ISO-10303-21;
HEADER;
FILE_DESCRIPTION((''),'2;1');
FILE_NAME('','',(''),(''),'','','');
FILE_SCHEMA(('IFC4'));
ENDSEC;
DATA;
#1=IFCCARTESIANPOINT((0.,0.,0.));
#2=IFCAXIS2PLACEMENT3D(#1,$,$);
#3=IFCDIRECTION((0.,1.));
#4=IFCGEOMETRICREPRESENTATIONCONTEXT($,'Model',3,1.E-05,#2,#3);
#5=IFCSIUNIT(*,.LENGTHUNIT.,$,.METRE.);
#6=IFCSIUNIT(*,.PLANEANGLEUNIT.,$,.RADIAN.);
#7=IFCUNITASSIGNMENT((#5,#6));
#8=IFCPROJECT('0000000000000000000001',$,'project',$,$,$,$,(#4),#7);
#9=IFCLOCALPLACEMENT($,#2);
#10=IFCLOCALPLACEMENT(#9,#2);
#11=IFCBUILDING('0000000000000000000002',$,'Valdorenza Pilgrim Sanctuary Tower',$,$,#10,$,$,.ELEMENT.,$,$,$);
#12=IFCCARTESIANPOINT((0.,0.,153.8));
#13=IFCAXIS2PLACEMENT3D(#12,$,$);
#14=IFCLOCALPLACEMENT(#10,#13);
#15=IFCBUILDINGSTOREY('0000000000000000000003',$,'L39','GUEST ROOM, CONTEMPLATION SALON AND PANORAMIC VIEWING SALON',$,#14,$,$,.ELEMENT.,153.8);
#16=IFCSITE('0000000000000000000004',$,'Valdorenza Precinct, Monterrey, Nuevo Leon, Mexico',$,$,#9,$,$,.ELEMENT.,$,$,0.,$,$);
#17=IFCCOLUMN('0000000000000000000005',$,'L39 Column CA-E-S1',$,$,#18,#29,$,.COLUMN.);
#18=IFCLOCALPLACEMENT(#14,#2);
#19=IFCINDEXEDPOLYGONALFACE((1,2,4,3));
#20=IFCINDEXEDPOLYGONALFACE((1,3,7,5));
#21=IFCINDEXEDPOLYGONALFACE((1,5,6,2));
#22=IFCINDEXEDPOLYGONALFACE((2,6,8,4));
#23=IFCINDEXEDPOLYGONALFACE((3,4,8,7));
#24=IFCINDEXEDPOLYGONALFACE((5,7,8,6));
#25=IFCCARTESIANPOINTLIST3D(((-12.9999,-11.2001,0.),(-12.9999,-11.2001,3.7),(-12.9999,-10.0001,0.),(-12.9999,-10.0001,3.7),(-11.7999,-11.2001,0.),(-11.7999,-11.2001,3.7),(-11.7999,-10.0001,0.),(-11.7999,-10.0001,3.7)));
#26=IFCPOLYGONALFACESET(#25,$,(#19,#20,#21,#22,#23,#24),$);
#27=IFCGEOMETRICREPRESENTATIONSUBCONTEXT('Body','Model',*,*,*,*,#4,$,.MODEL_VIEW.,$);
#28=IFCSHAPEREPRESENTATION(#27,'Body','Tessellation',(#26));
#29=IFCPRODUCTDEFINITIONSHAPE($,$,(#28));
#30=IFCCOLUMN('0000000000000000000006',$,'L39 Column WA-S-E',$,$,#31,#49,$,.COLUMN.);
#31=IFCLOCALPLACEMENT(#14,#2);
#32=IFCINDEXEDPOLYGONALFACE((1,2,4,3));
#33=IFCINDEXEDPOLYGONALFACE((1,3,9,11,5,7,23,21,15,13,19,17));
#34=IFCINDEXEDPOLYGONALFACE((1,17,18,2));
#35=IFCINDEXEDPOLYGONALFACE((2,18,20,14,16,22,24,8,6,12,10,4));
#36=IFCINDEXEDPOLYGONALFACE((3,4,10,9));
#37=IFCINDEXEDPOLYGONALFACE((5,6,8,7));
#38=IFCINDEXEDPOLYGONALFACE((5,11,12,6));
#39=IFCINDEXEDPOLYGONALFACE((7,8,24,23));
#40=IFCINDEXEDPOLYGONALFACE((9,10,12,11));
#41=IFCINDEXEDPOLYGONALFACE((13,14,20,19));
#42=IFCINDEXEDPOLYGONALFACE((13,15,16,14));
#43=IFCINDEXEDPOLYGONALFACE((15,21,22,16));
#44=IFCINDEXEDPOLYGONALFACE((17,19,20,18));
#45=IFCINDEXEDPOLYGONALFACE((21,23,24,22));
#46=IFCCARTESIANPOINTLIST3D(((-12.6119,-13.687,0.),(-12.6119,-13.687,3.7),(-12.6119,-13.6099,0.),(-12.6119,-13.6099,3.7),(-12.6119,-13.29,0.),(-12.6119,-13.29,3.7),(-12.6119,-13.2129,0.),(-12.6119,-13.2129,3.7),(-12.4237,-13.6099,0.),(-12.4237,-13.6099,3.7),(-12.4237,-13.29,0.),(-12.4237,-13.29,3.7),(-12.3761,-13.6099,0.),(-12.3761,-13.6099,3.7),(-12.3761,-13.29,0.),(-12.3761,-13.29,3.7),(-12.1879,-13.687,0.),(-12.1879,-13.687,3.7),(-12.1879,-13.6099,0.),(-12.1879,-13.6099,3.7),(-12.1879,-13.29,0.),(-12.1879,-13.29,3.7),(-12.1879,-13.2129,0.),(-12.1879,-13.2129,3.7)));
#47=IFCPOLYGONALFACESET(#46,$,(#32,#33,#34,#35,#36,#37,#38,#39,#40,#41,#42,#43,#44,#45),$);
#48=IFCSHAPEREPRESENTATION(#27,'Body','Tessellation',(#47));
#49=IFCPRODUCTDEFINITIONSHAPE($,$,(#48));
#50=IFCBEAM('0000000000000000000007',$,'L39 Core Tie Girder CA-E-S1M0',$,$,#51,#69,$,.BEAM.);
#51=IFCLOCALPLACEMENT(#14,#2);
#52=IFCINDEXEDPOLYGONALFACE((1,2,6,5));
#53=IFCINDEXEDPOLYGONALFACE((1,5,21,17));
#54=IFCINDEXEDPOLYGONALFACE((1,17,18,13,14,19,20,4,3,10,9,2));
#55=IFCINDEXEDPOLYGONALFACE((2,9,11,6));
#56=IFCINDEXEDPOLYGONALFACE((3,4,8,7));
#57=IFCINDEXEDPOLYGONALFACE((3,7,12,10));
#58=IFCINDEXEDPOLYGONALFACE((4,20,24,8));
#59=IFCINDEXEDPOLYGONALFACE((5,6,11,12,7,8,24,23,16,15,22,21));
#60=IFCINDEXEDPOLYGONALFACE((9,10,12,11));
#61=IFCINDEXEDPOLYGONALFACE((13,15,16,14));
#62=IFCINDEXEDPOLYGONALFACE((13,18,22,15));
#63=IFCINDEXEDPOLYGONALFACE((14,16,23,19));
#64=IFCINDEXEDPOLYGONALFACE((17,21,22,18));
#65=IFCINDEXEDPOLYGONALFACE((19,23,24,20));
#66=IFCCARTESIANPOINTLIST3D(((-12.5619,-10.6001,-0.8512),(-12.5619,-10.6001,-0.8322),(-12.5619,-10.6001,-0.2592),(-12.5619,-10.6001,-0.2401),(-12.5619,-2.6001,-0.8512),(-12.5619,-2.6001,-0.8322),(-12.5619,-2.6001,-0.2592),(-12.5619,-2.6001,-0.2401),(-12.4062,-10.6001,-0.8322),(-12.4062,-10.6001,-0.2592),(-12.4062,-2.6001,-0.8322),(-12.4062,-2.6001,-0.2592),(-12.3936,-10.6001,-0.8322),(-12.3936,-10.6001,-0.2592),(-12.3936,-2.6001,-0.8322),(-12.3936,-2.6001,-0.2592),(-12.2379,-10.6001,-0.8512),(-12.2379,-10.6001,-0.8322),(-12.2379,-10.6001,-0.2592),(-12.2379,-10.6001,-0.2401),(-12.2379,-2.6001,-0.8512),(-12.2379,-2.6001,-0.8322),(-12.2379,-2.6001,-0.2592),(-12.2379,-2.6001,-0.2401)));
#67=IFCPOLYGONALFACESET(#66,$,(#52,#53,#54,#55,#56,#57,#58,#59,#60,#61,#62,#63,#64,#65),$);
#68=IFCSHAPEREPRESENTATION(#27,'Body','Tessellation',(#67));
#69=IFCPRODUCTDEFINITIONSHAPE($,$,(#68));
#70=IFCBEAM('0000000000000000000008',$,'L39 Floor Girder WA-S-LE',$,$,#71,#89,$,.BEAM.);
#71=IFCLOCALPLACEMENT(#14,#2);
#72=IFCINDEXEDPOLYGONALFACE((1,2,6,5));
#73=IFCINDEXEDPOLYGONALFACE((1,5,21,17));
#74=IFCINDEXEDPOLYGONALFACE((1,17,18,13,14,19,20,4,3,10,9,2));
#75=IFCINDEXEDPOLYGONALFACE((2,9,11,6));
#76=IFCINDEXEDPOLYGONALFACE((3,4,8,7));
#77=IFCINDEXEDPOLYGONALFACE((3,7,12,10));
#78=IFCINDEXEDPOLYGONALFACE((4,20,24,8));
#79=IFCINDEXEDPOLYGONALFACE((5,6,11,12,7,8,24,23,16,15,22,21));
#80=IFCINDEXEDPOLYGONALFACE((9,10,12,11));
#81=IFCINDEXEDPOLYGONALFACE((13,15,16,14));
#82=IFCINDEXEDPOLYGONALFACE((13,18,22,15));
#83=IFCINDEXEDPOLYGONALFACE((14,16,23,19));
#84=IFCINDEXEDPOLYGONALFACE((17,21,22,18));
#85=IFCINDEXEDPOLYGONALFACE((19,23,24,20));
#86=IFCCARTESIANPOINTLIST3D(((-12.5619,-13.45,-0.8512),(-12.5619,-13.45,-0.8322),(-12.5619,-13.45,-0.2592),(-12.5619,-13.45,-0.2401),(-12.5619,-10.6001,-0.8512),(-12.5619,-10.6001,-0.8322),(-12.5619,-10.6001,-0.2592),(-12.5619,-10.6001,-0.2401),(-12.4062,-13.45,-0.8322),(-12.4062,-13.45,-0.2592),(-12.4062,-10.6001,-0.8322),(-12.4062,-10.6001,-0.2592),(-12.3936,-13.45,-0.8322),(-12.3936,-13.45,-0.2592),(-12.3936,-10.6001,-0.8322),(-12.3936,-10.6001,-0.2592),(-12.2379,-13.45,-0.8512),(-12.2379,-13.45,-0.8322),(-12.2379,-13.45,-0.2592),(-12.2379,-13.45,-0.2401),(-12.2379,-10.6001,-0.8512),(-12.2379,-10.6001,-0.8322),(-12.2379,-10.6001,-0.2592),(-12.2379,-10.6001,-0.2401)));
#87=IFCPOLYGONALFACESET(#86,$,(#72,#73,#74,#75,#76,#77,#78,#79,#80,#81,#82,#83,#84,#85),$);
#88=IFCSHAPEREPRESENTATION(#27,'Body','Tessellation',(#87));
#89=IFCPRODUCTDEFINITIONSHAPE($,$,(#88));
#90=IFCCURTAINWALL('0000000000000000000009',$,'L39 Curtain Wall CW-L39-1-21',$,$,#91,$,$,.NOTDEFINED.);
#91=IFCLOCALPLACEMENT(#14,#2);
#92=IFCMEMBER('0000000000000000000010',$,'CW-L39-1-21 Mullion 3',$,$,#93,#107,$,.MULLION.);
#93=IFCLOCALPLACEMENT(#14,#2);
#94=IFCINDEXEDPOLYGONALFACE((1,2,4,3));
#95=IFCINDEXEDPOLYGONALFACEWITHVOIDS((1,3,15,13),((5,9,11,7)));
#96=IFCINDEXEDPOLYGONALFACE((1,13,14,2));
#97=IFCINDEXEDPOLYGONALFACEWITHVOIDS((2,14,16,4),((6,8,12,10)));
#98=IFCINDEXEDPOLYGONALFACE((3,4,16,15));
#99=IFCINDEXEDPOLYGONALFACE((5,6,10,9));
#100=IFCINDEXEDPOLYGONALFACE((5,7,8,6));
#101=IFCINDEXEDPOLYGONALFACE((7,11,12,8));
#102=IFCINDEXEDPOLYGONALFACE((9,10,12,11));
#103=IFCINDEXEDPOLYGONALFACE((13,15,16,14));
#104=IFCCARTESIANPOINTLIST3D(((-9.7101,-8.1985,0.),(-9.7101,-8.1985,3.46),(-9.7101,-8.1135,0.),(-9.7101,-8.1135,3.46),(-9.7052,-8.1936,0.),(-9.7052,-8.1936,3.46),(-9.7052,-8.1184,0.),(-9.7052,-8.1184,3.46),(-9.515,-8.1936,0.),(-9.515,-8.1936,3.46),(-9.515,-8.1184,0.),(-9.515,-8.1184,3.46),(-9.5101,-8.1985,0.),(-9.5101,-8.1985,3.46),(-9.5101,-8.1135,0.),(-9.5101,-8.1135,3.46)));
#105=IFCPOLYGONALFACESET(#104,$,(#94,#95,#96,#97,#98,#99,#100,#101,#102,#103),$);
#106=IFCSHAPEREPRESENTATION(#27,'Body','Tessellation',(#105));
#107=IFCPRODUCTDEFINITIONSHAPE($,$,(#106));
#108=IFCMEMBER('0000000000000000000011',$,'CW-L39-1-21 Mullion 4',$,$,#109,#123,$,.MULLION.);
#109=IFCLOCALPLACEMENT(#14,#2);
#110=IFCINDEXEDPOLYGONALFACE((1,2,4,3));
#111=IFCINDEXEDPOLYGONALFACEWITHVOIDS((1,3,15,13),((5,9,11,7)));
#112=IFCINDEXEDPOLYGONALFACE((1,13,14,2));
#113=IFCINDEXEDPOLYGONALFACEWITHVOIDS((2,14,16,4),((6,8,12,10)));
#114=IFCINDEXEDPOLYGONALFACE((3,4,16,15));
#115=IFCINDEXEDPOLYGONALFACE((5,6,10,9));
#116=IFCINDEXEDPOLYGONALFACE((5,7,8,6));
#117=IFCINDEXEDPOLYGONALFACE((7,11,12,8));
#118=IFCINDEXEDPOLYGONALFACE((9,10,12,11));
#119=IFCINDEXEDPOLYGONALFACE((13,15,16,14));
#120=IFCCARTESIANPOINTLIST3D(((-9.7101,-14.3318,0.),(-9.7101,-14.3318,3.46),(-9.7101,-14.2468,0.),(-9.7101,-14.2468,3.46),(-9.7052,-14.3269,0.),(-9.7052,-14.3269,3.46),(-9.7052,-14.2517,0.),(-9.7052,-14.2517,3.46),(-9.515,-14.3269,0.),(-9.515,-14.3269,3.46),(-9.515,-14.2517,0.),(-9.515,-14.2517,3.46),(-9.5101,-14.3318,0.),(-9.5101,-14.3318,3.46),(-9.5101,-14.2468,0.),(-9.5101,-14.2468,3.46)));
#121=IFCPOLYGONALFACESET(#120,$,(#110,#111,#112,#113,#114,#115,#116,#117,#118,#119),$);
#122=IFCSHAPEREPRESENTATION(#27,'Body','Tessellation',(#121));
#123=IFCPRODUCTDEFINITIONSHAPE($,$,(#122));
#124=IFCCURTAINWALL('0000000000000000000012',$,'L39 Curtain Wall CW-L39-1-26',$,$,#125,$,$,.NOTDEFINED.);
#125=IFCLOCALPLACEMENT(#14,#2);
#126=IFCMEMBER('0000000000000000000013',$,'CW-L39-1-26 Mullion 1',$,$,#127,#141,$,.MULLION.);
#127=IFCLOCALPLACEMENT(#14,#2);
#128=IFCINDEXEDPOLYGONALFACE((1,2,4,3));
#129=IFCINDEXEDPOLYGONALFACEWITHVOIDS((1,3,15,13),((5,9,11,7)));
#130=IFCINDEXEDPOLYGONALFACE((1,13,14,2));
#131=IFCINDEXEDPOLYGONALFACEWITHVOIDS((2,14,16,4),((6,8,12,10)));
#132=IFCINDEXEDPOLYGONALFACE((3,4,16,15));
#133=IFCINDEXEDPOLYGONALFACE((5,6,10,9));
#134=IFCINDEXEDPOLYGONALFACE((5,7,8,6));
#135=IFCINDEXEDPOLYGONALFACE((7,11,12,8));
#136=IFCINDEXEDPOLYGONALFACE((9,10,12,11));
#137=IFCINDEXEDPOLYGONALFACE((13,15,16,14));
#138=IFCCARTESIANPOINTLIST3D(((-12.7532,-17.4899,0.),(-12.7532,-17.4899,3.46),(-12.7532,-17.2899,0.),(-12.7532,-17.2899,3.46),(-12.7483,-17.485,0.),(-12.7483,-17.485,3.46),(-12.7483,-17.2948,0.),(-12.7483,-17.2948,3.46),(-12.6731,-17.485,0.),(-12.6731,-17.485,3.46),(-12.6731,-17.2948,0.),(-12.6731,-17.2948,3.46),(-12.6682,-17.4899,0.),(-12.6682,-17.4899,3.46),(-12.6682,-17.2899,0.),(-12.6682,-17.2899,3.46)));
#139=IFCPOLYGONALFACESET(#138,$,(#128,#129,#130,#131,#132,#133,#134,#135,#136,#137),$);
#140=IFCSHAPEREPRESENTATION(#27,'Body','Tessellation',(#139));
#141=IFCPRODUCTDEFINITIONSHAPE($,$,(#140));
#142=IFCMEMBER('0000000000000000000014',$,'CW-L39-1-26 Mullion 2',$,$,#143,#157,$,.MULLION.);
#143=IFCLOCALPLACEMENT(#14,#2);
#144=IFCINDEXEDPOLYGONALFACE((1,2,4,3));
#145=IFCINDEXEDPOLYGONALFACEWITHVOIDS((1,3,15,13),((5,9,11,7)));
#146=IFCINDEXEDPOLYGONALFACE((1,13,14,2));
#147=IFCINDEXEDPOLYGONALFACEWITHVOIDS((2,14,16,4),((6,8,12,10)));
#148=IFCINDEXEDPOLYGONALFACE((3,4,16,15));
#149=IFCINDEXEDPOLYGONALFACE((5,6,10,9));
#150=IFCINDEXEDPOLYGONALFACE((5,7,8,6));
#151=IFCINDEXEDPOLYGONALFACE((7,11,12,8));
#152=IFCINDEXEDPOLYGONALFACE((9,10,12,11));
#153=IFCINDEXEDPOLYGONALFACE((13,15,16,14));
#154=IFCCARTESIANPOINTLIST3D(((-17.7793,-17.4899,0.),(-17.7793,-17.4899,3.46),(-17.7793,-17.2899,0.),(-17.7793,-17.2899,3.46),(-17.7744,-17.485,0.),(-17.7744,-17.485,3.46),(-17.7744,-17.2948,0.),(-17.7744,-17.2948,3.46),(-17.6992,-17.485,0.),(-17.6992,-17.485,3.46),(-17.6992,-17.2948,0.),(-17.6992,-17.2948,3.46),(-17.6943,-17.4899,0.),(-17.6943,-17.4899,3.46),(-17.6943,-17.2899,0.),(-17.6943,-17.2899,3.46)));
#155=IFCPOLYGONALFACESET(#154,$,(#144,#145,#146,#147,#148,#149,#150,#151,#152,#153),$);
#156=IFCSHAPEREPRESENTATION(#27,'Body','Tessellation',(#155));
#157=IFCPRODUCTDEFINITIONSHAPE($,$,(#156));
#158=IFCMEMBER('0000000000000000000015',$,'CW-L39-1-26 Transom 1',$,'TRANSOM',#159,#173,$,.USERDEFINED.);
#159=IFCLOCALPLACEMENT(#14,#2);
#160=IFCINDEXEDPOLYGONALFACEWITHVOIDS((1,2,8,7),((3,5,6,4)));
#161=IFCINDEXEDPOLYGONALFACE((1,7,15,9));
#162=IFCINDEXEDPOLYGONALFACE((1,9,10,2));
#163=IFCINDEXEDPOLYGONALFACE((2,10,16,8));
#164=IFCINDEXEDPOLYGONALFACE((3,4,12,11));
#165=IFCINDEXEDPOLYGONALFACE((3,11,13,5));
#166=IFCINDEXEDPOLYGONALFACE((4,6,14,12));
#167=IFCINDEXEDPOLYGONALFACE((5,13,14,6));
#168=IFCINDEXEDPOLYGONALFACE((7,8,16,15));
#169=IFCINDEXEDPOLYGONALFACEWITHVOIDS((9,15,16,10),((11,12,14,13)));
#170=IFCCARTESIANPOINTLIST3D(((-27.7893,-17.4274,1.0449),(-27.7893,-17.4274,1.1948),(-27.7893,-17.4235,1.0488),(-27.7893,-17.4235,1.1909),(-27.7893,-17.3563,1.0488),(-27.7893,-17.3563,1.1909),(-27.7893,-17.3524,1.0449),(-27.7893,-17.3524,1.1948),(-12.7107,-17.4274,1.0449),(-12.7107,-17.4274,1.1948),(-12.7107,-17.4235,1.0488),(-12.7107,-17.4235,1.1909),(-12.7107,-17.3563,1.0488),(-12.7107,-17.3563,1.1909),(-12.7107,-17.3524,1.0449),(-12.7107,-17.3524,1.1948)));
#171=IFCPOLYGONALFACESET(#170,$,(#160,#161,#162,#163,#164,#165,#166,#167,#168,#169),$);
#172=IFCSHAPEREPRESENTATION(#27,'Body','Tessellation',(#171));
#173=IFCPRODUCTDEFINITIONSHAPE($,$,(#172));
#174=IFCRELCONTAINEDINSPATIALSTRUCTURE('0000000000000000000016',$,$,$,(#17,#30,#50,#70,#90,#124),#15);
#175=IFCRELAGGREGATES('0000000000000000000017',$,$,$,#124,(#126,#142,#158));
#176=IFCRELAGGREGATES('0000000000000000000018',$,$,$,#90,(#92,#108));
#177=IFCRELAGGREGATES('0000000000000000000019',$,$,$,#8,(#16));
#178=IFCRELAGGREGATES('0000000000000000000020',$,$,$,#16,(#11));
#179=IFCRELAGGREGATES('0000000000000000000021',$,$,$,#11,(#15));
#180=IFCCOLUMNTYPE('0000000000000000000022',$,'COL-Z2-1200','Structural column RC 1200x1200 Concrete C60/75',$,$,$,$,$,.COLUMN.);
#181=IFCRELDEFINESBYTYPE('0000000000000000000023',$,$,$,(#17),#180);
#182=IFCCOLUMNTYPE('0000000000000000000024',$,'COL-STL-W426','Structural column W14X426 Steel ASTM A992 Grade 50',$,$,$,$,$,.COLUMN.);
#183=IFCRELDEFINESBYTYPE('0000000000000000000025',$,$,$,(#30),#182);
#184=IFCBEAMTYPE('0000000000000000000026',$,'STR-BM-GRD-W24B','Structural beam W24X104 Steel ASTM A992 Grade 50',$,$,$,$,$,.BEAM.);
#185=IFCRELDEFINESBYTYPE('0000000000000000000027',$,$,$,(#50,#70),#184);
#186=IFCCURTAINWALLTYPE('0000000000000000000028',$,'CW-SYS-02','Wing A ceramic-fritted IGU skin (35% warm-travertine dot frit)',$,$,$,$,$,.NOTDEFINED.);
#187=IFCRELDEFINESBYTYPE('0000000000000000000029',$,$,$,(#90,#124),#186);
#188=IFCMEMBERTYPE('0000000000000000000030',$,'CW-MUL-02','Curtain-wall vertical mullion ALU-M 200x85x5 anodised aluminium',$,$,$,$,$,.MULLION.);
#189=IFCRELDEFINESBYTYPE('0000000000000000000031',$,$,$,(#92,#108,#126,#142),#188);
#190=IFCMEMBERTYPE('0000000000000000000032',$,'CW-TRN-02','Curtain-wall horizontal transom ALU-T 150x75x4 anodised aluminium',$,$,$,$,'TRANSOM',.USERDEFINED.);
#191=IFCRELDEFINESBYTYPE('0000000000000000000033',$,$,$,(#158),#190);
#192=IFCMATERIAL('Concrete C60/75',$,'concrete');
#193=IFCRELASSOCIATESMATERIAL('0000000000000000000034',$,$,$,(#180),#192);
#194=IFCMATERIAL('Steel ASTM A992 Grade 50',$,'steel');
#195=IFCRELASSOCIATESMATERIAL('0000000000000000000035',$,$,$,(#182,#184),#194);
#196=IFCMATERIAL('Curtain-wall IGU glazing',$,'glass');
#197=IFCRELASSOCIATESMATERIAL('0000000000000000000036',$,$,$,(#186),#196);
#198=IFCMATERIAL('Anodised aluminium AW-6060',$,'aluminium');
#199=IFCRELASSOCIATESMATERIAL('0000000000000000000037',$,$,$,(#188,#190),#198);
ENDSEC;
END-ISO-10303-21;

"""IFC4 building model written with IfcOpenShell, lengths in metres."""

from ifc_helpers import new_model, si_unit, direction, frame, origin, origin_2d, place, context, subcontext, project, spatial, rectangle, hollow_rectangle, i_section, extrude, source, transform, mapped, material, material_profile, profile_set, type_object, element, aggregate, save


model = new_model("IFC4")

# Units and contexts
model_context = context("Model", 3, precision=1e-05, world=origin(), true_north=direction((0.0, 1.0)))
body_context = subcontext(model_context, "Body", "Model", "MODEL_VIEW")
ifc_project = project(units=[si_unit("LENGTHUNIT", "METRE"), si_unit("PLANEANGLEUNIT", "RADIAN")], contexts=[model_context])

# Site, building, storey
site_placement = place(None, origin())
site = spatial("IfcSite", under=ifc_project, at=site_placement, Name="Valdorenza Precinct, Monterrey, Nuevo Leon, Mexico", CompositionType="ELEMENT", RefElevation=0.0)
building_placement = place(site_placement, origin())
building = spatial("IfcBuilding", under=site, at=building_placement, Name="Valdorenza Pilgrim Sanctuary Tower", CompositionType="ELEMENT")
storey_placement = place(building_placement, frame((0.0, 0.0, 153.8)))
storey = spatial("IfcBuildingStorey", under=building, at=storey_placement, Name="L39", Description="GUEST ROOM, CONTEMPLATION SALON AND PANORAMIC VIEWING SALON", CompositionType="ELEMENT", Elevation=153.8)

# Columns
ifc_material_1 = material(Name="Concrete C60/75", Category="concrete")
ifc_material_profile_1 = material_profile(ifc_material_1, rectangle(XDim=1.2, YDim=1.2, at=origin_2d()), Name="RC 1200x1200")
ifc_profile_set_1 = profile_set([ifc_material_profile_1], Name="Concrete C60/75")
column_type_1 = type_object("IfcColumnType", Name="COL-Z2-1200", Description="Structural column RC 1200x1200 Concrete C60/75", PredefinedType="COLUMN", material=ifc_profile_set_1)
shared_shape_1 = source(origin(), body_context, "Body", "SweptSolid", [
    extrude(rectangle(XDim=1.2, YDim=1.2, at=origin_2d()), origin(), (0.0, 0.0, 1.0), 3.7),
])
column_1_placement = place(storey_placement, frame((-12.3999, -10.6001, 0.0), z_axis=(0.0, 0.0, 1.0), x_axis=(1.0, 0.0, 0.0)))
element("IfcColumn", 1, at=column_1_placement, inside=storey, type_object=column_type_1, Name="L39 Column CA-E-S1", PredefinedType="COLUMN", context=body_context, shape_type="MappedRepresentation", body=[
    mapped(shared_shape_1, transform((0.0, 0.0, 0.0), x_axis=(1.0, 0.0, 0.0), y_axis=(0.0, 1.0, 0.0), z_axis=(0.0, 0.0, 1.0), scale=1.0)),
])
ifc_material_2 = material(Name="Steel ASTM A992 Grade 50", Category="steel")
ifc_material_profile_2 = material_profile(ifc_material_2, i_section(OverallWidth=0.4241, OverallDepth=0.4741, WebThickness=0.0476, FlangeThickness=0.0771, at=origin_2d()), Name="W14X426")
ifc_profile_set_2 = profile_set([ifc_material_profile_2], Name="Steel ASTM A992 Grade 50")
column_type_2 = type_object("IfcColumnType", Name="COL-STL-W426", Description="Structural column W14X426 Steel ASTM A992 Grade 50", PredefinedType="COLUMN", material=ifc_profile_set_2)
shared_shape_2 = source(origin(), body_context, "Body", "SweptSolid", [
    extrude(i_section(OverallWidth=0.4241, OverallDepth=0.4741, WebThickness=0.0476, FlangeThickness=0.0771, at=origin_2d()), origin(), (0.0, 0.0, 1.0), 3.7),
])
column_2_placement = place(storey_placement, frame((-12.3999, -13.45, 0.0), z_axis=(0.0, 0.0, 1.0), x_axis=(1.0, 0.0, 0.0)))
element("IfcColumn", 2, at=column_2_placement, inside=storey, type_object=column_type_2, Name="L39 Column WA-S-E", PredefinedType="COLUMN", context=body_context, shape_type="MappedRepresentation", body=[
    mapped(shared_shape_2, transform((0.0, 0.0, 0.0), x_axis=(1.0, 0.0, 0.0), y_axis=(0.0, 1.0, 0.0), z_axis=(0.0, 0.0, 1.0), scale=1.0)),
])

# Beams
ifc_material_profile_3 = material_profile(ifc_material_2, i_section(OverallWidth=0.324, OverallDepth=0.6111, WebThickness=0.0127, FlangeThickness=0.019, at=origin_2d()), Name="W24X104")
ifc_profile_set_3 = profile_set([ifc_material_profile_3], Name="Steel ASTM A992 Grade 50")
beam_type = type_object("IfcBeamType", Name="STR-BM-GRD-W24B", Description="Structural beam W24X104 Steel ASTM A992 Grade 50", PredefinedType="BEAM", material=ifc_profile_set_3)
shared_shape_3 = source(origin(), body_context, "Body", "SweptSolid", [
    extrude(i_section(OverallWidth=0.324, OverallDepth=0.6111, WebThickness=0.0127, FlangeThickness=0.019, at=origin_2d()), origin(), (0.0, 0.0, 1.0), 8.0),
])
beam_1_placement = place(storey_placement, frame((-12.3999, -10.6001, -0.5457), z_axis=(0.0, 1.0, 0.0), x_axis=(-1.0, 0.0, 0.0)))
element("IfcBeam", 3, at=beam_1_placement, inside=storey, type_object=beam_type, Name="L39 Core Tie Girder CA-E-S1M0", PredefinedType="BEAM", context=body_context, shape_type="MappedRepresentation", body=[
    mapped(shared_shape_3, transform((0.0, 0.0, 0.0), x_axis=(1.0, 0.0, 0.0), y_axis=(0.0, 1.0, 0.0), z_axis=(0.0, 0.0, 1.0), scale=1.0)),
])
shared_shape_4 = source(origin(), body_context, "Body", "SweptSolid", [
    extrude(i_section(OverallWidth=0.324, OverallDepth=0.6111, WebThickness=0.0127, FlangeThickness=0.019, at=origin_2d()), origin(), (0.0, 0.0, 1.0), 2.8499),
])
beam_2_placement = place(storey_placement, frame((-12.3999, -13.45, -0.5457), z_axis=(0.0, 1.0, 0.0), x_axis=(-1.0, 0.0, 0.0)))
element("IfcBeam", 4, at=beam_2_placement, inside=storey, type_object=beam_type, Name="L39 Floor Girder WA-S-LE", PredefinedType="BEAM", context=body_context, shape_type="MappedRepresentation", body=[
    mapped(shared_shape_4, transform((0.0, 0.0, 0.0), x_axis=(1.0, 0.0, 0.0), y_axis=(0.0, 1.0, 0.0), z_axis=(0.0, 0.0, 1.0), scale=1.0)),
])

# Curtain wall, members
ifc_material_3 = material(Name="Curtain-wall IGU glazing", Category="glass")
curtain_wall_type = type_object("IfcCurtainWallType", Name="CW-SYS-02", Description="Wing A ceramic-fritted IGU skin (35% warm-travertine dot frit)", PredefinedType="NOTDEFINED", material=ifc_material_3)
curtain_wall_1_placement = place(storey_placement, origin())
curtain_wall_1 = element("IfcCurtainWall", 5, at=curtain_wall_1_placement, inside=storey, type_object=curtain_wall_type, Name="L39 Curtain Wall CW-L39-1-21", PredefinedType="NOTDEFINED")
ifc_material_4 = material(Name="Anodised aluminium AW-6060", Category="aluminium")
ifc_material_profile_4 = material_profile(ifc_material_4, hollow_rectangle(XDim=0.085, YDim=0.2, WallThickness=0.0049, at=origin_2d()), Name="ALU-M 200x85x5")
ifc_profile_set_4 = profile_set([ifc_material_profile_4], Name="Anodised aluminium AW-6060")
member_type_1 = type_object("IfcMemberType", Name="CW-MUL-02", Description="Curtain-wall vertical mullion ALU-M 200x85x5 anodised aluminium", PredefinedType="MULLION", material=ifc_profile_set_4)
shared_shape_5 = source(origin(), body_context, "Body", "SweptSolid", [
    extrude(hollow_rectangle(XDim=0.085, YDim=0.2, WallThickness=0.0049, at=origin_2d()), origin(), (0.0, 0.0, 1.0), 3.46),
])
member_1_placement = place(storey_placement, frame((-9.6101, -8.156, 0.0), z_axis=(0.0, 0.0, 1.0), x_axis=(0.0, -1.0, 0.0)))
member_1 = element("IfcMember", 6, at=member_1_placement, type_object=member_type_1, Name="CW-L39-1-21 Mullion 3", PredefinedType="MULLION", context=body_context, shape_type="MappedRepresentation", body=[
    mapped(shared_shape_5, transform((0.0, 0.0, 0.0), x_axis=(1.0, 0.0, 0.0), y_axis=(0.0, 1.0, 0.0), z_axis=(0.0, 0.0, 1.0), scale=1.0)),
])
member_2_placement = place(storey_placement, frame((-9.6101, -14.2893, 0.0), z_axis=(0.0, 0.0, 1.0), x_axis=(0.0, -1.0, 0.0)))
member_2 = element("IfcMember", 7, at=member_2_placement, type_object=member_type_1, Name="CW-L39-1-21 Mullion 4", PredefinedType="MULLION", context=body_context, shape_type="MappedRepresentation", body=[
    mapped(shared_shape_5, transform((0.0, 0.0, 0.0), x_axis=(1.0, 0.0, 0.0), y_axis=(0.0, 1.0, 0.0), z_axis=(0.0, 0.0, 1.0), scale=1.0)),
])

# Curtain wall, members
curtain_wall_2_placement = place(storey_placement, origin())
curtain_wall_2 = element("IfcCurtainWall", 8, at=curtain_wall_2_placement, inside=storey, type_object=curtain_wall_type, Name="L39 Curtain Wall CW-L39-1-26", PredefinedType="NOTDEFINED")
member_3_placement = place(storey_placement, frame((-12.7107, -17.3899, 0.0), z_axis=(0.0, 0.0, 1.0), x_axis=(-1.0, 0.0, 0.0)))
member_3 = element("IfcMember", 9, at=member_3_placement, type_object=member_type_1, Name="CW-L39-1-26 Mullion 1", PredefinedType="MULLION", context=body_context, shape_type="MappedRepresentation", body=[
    mapped(shared_shape_5, transform((0.0, 0.0, 0.0), x_axis=(1.0, 0.0, 0.0), y_axis=(0.0, 1.0, 0.0), z_axis=(0.0, 0.0, 1.0), scale=1.0)),
])
member_4_placement = place(storey_placement, frame((-17.7368, -17.3899, 0.0), z_axis=(0.0, 0.0, 1.0), x_axis=(-1.0, 0.0, 0.0)))
member_4 = element("IfcMember", 10, at=member_4_placement, type_object=member_type_1, Name="CW-L39-1-26 Mullion 2", PredefinedType="MULLION", context=body_context, shape_type="MappedRepresentation", body=[
    mapped(shared_shape_5, transform((0.0, 0.0, 0.0), x_axis=(1.0, 0.0, 0.0), y_axis=(0.0, 1.0, 0.0), z_axis=(0.0, 0.0, 1.0), scale=1.0)),
])
ifc_material_profile_5 = material_profile(ifc_material_4, hollow_rectangle(XDim=0.075, YDim=0.1499, WallThickness=0.0039, at=origin_2d()), Name="ALU-T 150x75x4")
ifc_profile_set_5 = profile_set([ifc_material_profile_5], Name="Anodised aluminium AW-6060")
member_type_2 = type_object("IfcMemberType", Name="CW-TRN-02", Description="Curtain-wall horizontal transom ALU-T 150x75x4 anodised aluminium", ElementType="TRANSOM", PredefinedType="USERDEFINED", material=ifc_profile_set_5)
shared_shape_6 = source(origin(), body_context, "Body", "SweptSolid", [
    extrude(hollow_rectangle(XDim=0.075, YDim=0.1499, WallThickness=0.0039, at=origin_2d()), origin(), (0.0, 0.0, 1.0), 15.0786),
])
member_5_placement = place(storey_placement, frame((-12.7107, -17.3899, 1.1199), z_axis=(-1.0, 0.0, 0.0), x_axis=(0.0, -1.0, 0.0)))
member_5 = element("IfcMember", 11, at=member_5_placement, type_object=member_type_2, Name="CW-L39-1-26 Transom 1", ObjectType="TRANSOM", PredefinedType="USERDEFINED", context=body_context, shape_type="MappedRepresentation", body=[
    mapped(shared_shape_6, transform((0.0, 0.0, 0.0), x_axis=(1.0, 0.0, 0.0), y_axis=(0.0, 1.0, 0.0), z_axis=(0.0, 0.0, 1.0), scale=1.0)),
])
aggregate(curtain_wall_2, [member_3, member_4, member_5])

aggregate(curtain_wall_1, [member_1, member_2])

save(model, "model.ifc")
